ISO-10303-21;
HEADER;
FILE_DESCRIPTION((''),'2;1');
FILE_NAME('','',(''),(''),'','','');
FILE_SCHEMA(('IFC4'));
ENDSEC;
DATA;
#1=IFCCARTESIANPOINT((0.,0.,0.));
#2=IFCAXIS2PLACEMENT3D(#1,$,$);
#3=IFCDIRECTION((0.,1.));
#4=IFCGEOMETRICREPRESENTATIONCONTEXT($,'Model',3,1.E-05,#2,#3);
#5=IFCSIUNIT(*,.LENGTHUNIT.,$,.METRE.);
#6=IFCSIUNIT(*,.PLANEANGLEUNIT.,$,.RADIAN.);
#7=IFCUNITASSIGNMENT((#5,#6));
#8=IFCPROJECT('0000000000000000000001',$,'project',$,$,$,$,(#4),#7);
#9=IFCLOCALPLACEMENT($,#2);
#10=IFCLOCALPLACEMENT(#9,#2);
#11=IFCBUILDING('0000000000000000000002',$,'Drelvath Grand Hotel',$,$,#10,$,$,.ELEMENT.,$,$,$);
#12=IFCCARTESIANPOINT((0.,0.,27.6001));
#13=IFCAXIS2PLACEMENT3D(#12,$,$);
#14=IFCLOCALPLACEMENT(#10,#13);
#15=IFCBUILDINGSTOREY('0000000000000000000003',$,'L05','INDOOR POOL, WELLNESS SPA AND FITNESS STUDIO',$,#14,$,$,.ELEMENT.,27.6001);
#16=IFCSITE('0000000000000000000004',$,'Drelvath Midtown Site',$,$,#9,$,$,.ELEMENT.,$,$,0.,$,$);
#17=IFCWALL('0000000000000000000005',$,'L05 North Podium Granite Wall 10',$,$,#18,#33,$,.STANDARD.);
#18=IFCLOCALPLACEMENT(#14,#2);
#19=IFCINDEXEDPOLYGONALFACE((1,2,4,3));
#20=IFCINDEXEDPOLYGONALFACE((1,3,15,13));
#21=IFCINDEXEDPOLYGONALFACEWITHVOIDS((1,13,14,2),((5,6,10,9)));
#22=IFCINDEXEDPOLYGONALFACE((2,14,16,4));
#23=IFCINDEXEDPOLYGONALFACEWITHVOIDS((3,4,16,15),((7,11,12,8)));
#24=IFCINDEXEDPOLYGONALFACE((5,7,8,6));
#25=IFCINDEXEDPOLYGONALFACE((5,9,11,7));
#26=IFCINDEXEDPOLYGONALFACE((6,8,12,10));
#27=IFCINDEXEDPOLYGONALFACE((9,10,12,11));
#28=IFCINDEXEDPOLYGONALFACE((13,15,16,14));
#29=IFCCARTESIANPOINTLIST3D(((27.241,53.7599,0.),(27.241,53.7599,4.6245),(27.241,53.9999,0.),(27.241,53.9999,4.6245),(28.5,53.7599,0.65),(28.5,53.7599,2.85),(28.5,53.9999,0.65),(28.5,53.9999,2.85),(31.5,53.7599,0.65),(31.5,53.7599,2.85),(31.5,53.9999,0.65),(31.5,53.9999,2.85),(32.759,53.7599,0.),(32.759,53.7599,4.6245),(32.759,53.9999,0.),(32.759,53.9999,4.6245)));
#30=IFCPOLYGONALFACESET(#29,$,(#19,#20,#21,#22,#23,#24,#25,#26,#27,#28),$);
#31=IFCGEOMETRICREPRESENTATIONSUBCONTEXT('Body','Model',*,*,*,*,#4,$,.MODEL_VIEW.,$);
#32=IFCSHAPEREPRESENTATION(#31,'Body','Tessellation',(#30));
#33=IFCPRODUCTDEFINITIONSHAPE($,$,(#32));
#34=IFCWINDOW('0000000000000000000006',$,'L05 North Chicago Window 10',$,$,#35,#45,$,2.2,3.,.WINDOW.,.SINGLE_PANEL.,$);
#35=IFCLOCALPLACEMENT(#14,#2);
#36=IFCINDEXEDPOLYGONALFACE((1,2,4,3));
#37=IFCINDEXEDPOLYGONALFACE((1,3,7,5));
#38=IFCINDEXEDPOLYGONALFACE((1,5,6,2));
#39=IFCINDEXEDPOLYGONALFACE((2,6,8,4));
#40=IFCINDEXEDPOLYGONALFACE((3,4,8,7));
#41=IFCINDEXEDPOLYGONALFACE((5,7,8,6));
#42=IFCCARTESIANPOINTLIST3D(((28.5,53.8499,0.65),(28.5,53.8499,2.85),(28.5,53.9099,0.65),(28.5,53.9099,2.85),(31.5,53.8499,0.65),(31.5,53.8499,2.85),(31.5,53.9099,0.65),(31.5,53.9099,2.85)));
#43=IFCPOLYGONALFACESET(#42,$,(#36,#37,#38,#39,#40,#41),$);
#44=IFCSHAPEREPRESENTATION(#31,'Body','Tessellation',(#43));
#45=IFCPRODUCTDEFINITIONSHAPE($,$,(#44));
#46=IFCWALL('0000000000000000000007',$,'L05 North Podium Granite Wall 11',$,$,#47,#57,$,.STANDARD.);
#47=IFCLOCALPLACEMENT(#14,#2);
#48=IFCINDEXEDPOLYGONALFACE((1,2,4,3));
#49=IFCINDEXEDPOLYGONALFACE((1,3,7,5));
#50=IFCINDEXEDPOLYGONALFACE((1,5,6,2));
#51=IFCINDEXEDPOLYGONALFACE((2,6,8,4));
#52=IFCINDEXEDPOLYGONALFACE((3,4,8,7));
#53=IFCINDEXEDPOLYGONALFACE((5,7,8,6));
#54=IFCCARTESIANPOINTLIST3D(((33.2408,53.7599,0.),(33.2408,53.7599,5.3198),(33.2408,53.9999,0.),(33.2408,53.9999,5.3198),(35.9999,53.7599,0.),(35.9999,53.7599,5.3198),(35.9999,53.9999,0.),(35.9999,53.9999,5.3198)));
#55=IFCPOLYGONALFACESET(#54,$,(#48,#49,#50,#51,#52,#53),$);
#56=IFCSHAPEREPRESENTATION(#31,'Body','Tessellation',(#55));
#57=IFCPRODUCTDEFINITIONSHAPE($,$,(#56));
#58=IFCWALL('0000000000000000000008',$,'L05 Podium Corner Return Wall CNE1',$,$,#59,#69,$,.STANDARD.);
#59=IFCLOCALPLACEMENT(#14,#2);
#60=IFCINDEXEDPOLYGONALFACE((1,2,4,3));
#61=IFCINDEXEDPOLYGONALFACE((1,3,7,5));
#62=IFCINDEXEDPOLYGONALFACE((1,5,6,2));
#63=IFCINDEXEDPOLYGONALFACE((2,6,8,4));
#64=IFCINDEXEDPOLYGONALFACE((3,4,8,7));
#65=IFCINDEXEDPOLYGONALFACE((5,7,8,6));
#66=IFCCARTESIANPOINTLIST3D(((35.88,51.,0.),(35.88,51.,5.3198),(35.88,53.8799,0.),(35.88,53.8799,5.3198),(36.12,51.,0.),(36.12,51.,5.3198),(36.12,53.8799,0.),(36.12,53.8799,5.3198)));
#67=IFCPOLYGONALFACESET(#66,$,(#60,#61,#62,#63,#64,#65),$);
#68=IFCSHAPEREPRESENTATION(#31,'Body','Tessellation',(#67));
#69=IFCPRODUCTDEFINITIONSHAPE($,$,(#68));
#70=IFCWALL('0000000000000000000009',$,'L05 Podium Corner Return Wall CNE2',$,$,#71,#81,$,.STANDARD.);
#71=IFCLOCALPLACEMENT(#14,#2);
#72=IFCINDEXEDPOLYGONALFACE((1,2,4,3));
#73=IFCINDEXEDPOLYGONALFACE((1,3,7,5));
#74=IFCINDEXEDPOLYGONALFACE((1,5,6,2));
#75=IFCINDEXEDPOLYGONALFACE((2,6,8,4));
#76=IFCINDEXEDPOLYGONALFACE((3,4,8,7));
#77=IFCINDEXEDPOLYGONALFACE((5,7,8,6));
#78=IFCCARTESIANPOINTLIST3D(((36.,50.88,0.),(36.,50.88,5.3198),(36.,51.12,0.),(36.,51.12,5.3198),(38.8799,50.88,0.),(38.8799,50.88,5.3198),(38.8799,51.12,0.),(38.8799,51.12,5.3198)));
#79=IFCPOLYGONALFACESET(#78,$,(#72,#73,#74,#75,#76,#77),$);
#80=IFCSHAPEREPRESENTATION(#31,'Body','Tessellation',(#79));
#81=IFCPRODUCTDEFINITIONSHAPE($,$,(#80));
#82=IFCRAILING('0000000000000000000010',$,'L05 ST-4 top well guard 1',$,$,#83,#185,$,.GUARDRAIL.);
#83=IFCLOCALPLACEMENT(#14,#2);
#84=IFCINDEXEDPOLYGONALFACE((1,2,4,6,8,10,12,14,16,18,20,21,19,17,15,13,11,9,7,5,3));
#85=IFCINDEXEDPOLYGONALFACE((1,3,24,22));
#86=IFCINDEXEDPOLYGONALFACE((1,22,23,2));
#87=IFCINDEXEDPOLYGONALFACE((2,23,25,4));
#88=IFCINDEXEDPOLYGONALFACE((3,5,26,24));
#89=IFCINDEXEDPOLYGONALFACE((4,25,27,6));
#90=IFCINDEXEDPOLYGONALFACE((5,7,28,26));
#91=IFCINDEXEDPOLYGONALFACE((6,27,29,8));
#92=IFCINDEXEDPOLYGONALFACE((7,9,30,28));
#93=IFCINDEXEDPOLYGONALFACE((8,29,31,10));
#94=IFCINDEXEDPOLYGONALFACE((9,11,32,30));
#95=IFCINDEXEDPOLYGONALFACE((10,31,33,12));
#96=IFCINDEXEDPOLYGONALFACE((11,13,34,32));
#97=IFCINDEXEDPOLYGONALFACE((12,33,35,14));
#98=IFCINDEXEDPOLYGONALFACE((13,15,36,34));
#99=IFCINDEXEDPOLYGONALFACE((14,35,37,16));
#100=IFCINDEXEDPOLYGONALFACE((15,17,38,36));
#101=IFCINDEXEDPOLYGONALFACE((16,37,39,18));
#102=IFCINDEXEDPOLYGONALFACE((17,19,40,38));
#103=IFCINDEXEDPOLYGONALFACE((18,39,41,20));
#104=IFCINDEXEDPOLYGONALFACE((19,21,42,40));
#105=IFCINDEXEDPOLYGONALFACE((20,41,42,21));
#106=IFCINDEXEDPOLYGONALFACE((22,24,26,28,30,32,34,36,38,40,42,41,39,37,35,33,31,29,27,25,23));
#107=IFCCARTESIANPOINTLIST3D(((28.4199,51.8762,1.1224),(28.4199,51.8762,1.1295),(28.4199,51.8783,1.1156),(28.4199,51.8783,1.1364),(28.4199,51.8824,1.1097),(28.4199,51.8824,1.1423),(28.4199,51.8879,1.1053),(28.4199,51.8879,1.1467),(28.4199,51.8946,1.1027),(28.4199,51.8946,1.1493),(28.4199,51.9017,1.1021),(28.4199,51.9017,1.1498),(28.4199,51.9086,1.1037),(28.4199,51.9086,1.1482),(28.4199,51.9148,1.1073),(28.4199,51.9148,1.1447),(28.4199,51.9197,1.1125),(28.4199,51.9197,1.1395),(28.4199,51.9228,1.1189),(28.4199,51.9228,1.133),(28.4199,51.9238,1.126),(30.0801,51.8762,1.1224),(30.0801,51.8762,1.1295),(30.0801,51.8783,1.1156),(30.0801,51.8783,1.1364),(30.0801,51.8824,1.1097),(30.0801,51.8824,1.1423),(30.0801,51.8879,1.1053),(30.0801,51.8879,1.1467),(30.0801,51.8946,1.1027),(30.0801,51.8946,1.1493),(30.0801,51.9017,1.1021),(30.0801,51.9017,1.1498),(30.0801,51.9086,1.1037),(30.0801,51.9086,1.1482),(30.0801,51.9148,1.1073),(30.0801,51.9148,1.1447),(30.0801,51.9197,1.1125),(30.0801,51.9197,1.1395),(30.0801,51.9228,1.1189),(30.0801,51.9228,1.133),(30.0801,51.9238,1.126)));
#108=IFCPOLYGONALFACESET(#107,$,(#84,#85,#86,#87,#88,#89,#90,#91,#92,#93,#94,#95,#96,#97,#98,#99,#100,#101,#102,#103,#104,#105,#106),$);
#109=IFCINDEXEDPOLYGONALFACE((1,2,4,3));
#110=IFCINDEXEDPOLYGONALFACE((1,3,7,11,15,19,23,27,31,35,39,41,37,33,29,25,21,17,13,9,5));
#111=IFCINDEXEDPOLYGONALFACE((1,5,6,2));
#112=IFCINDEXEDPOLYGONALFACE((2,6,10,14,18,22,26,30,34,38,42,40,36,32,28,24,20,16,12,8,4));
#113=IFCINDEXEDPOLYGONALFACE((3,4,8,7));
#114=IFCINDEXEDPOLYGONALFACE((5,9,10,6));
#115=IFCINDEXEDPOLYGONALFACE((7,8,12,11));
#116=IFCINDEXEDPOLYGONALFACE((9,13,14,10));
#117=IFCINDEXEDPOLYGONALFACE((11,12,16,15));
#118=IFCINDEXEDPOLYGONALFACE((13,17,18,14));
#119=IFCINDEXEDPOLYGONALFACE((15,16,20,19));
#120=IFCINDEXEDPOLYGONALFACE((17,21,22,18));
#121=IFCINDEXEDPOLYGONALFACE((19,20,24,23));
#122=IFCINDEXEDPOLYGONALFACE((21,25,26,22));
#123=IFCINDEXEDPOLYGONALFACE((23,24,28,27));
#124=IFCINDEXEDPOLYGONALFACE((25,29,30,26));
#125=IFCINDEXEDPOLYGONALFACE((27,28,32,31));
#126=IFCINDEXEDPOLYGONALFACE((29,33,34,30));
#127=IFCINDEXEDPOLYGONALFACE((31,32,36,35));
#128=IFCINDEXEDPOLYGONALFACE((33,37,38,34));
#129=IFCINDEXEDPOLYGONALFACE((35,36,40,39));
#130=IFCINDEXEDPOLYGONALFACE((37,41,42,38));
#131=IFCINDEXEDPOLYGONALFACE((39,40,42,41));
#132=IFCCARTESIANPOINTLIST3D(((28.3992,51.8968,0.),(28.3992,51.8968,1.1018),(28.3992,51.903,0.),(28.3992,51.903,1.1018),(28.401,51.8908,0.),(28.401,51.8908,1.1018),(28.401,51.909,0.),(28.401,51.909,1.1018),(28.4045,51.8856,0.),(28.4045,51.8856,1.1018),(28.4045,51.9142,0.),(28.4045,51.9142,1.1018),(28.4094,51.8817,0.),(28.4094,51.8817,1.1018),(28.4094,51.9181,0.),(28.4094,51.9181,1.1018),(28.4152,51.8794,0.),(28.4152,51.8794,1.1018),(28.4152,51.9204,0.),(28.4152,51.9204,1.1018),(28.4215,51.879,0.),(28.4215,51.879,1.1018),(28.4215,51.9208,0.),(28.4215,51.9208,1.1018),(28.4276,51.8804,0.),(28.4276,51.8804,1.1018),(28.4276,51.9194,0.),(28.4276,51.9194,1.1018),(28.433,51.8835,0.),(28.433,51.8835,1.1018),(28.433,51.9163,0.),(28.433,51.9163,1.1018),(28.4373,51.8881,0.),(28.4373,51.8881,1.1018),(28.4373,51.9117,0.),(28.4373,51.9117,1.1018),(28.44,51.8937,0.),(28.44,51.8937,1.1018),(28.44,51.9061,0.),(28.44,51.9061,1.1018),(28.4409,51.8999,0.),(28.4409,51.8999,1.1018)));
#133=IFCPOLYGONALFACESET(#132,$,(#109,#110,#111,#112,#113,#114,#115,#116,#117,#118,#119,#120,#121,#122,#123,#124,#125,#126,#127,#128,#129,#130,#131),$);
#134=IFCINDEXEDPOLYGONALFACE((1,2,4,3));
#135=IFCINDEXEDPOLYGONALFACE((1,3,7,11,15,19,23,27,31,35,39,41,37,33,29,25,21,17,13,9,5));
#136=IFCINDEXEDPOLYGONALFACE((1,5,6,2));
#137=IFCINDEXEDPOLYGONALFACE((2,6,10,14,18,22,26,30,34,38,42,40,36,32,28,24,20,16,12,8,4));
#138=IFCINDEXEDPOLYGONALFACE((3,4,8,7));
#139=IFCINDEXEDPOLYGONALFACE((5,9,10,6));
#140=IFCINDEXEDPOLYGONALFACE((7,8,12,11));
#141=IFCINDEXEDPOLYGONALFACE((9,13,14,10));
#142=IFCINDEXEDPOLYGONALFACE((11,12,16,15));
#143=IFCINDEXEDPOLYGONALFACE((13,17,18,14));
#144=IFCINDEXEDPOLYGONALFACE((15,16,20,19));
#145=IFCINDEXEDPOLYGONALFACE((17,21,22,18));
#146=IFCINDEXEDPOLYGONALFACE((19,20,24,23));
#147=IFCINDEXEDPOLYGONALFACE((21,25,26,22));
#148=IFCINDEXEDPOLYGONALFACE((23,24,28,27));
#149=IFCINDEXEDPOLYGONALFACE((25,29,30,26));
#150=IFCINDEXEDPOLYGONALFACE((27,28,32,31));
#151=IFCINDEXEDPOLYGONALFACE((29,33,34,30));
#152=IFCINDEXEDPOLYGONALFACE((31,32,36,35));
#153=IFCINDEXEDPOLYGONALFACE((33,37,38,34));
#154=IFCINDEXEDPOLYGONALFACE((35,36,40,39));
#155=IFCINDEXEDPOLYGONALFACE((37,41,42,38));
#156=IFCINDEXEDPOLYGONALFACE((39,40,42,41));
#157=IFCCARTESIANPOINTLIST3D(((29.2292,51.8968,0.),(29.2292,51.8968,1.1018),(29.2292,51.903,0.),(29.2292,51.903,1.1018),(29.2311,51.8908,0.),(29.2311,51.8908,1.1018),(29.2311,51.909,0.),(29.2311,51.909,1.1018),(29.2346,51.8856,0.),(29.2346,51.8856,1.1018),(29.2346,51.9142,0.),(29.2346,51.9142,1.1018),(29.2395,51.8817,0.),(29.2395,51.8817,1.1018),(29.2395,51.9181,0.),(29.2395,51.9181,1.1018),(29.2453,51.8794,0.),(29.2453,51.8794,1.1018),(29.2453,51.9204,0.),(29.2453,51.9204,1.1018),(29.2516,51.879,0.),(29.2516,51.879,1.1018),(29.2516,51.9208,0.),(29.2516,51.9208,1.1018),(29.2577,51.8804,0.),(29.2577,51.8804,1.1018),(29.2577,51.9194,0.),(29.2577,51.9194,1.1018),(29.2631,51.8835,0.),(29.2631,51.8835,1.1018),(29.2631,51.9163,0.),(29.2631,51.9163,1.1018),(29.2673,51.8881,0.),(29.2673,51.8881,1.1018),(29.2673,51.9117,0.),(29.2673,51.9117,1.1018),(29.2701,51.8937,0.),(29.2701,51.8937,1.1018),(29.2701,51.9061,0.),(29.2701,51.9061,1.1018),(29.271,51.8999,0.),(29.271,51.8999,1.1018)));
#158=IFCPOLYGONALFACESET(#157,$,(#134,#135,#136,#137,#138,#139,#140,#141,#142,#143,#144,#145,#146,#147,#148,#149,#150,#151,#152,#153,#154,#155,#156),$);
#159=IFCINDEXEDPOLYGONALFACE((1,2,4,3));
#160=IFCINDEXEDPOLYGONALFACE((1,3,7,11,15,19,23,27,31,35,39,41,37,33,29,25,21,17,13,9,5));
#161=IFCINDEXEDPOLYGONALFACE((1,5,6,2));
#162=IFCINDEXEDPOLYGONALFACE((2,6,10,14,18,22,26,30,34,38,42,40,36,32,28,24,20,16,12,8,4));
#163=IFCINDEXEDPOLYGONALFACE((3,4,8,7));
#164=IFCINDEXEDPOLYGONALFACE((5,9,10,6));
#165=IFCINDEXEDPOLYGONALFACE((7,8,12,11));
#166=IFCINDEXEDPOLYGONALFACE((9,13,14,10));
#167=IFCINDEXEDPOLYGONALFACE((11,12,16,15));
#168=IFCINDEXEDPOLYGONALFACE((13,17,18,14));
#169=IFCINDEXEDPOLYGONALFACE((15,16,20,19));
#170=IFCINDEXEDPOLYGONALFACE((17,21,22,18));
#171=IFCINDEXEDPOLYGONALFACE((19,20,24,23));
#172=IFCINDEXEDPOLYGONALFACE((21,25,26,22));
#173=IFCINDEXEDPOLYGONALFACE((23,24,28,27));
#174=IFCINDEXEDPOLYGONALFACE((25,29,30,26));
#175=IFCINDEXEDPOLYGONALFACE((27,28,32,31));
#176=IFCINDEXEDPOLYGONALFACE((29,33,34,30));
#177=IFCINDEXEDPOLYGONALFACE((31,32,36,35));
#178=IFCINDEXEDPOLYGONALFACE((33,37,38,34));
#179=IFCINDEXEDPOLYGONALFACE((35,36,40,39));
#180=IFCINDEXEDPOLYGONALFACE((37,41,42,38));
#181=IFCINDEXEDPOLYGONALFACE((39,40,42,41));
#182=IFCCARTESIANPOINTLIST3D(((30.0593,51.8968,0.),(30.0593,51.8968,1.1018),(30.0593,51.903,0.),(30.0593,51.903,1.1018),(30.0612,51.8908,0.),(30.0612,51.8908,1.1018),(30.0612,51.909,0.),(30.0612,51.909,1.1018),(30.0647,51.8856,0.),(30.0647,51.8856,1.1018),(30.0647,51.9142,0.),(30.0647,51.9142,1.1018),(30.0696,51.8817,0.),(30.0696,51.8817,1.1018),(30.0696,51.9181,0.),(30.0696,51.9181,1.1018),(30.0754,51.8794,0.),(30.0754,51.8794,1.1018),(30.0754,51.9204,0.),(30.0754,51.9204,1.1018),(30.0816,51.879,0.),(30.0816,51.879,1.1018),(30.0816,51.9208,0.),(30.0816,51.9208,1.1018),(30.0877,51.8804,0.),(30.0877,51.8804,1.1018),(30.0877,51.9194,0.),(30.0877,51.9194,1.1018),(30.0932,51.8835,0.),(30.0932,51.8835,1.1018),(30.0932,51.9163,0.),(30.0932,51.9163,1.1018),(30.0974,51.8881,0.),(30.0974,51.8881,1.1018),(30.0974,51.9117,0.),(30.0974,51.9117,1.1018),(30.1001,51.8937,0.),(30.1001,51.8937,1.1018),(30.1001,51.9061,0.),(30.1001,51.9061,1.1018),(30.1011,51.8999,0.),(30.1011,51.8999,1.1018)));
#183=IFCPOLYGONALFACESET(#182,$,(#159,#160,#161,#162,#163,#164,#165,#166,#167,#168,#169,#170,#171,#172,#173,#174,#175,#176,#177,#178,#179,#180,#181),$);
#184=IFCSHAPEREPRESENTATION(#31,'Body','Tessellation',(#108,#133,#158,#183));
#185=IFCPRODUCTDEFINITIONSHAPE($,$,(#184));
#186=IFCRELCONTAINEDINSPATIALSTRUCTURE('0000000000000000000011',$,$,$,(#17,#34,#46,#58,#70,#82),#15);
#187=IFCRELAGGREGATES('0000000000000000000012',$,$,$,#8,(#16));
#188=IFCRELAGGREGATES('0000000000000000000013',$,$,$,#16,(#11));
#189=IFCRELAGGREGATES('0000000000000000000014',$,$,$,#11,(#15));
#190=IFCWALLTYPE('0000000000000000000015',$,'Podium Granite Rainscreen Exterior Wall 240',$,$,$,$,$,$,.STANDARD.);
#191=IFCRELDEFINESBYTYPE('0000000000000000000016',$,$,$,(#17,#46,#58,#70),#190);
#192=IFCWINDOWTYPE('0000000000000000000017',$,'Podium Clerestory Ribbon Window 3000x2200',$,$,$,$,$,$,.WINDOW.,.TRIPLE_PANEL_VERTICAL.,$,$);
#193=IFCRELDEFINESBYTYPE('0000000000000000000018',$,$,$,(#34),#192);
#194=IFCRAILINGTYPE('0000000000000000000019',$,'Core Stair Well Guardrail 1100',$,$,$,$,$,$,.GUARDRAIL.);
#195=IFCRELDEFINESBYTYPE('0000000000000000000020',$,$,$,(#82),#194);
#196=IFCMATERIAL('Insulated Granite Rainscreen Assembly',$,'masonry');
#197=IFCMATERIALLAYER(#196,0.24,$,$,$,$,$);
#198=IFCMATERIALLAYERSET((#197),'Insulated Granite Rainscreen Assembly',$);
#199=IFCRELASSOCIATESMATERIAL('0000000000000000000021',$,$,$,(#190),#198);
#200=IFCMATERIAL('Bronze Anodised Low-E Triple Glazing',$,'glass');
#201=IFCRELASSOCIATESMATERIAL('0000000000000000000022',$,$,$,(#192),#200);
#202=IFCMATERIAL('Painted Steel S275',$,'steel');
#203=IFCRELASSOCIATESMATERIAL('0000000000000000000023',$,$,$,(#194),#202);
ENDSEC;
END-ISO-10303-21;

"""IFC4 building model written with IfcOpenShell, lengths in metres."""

from ifc_helpers import new_model, si_unit, direction, frame, frame_2d, origin, origin_2d, place, context, subcontext, project, spatial, rectangle, circle, extrude, material, layer, layer_set, type_object, element, fill, save


model = new_model("IFC4")

# Units and contexts
model_context = context("Model", 3, precision=1e-05, world=origin(), true_north=direction((0.0, 1.0)))
body_context = subcontext(model_context, "Body", "Model", "MODEL_VIEW")
ifc_project = project(units=[si_unit("LENGTHUNIT", "METRE"), si_unit("PLANEANGLEUNIT", "RADIAN")], contexts=[model_context])

# Site, building, storey
site_placement = place(None, origin())
site = spatial("IfcSite", under=ifc_project, at=site_placement, Name="Drelvath Midtown Site", CompositionType="ELEMENT", RefElevation=0.0)
building_placement = place(site_placement, origin())
building = spatial("IfcBuilding", under=site, at=building_placement, Name="Drelvath Grand Hotel", CompositionType="ELEMENT")
storey_placement = place(building_placement, frame((0.0, 0.0, 27.6001)))
storey = spatial("IfcBuildingStorey", under=building, at=storey_placement, Name="L05", Description="INDOOR POOL, WELLNESS SPA AND FITNESS STUDIO", CompositionType="ELEMENT", Elevation=27.6001)

# Shared definitions
ifc_material_1 = material(Name="Painted Steel S275", Category="steel")

# Shared definitions
ifc_material_2 = material(Name="Insulated Granite Rainscreen Assembly", Category="masonry")
ifc_layer_1 = layer(ifc_material_2, 0.24)
ifc_layer_set_1 = layer_set([ifc_layer_1], Name="Insulated Granite Rainscreen Assembly")
wall_type_1 = type_object("IfcWallType", Name="Podium Granite Rainscreen Exterior Wall 240", PredefinedType="STANDARD", material=ifc_layer_set_1)
ifc_material_3 = material(Name="Bronze Anodised Low-E Triple Glazing", Category="glass")

# Wall, opening, window
wall_1_placement = place(storey_placement, frame((27.241, 53.8799, 0.0), z_axis=(0.0, 0.0, 1.0), x_axis=(1.0, 0.0, 0.0)))
wall_1 = element("IfcWall", 1, at=wall_1_placement, inside=storey, type_object=wall_type_1, Name="L05 North Podium Granite Wall 10", PredefinedType="STANDARD", context=body_context, shape_type="SweptSolid", body=[
    extrude(rectangle(XDim=5.5181, YDim=0.24, at=frame_2d((2.759, 0.0))), origin(), (0.0, 0.0, 1.0), 4.6245),
])
opening_1_placement = place(wall_1_placement, frame((1.259, 0.0, 0.6499)))
opening_1 = element("IfcOpeningElement", 2, at=opening_1_placement, cuts=wall_1, PredefinedType="OPENING", context=body_context, shape_type="SweptSolid", body=[
    extrude(rectangle(XDim=3.0, YDim=2.2, at=frame_2d((1.5, 1.1001))), frame((0.0, 0.1299, 0.0), z_axis=(0.0, -1.0, 0.0), x_axis=(1.0, 0.0, 0.0)), (0.0, 0.0, 1.0), 0.26),
])
window_type_1 = type_object("IfcWindowType", Name="Podium Clerestory Ribbon Window 3000x2200", PartitioningType="TRIPLE_PANEL_VERTICAL", PredefinedType="WINDOW", material=ifc_material_3)
window_1_placement = place(opening_1_placement, origin())
window_1 = element("IfcWindow", 3, at=window_1_placement, inside=storey, type_object=window_type_1, Name="L05 North Chicago Window 10", OverallHeight=2.2, OverallWidth=3.0, PartitioningType="SINGLE_PANEL", PredefinedType="WINDOW", context=body_context, shape_type="SweptSolid", body=[
    extrude(rectangle(XDim=3.0, YDim=2.2, at=frame_2d((1.5, 1.1001))), frame((0.0, 0.03, 0.0), z_axis=(0.0, -1.0, 0.0), x_axis=(1.0, 0.0, 0.0)), (0.0, 0.0, 1.0), 0.0601),
])
fill(opening_1, window_1)

# Walls
wall_2_placement = place(storey_placement, frame((33.241, 53.8799, 0.0), z_axis=(0.0, 0.0, 1.0), x_axis=(1.0, 0.0, 0.0)))
element("IfcWall", 4, at=wall_2_placement, inside=storey, type_object=wall_type_1, Name="L05 North Podium Granite Wall 11", PredefinedType="STANDARD", context=body_context, shape_type="SweptSolid", body=[
    extrude(rectangle(XDim=2.759, YDim=0.24, at=frame_2d((1.3794, 0.0))), origin(), (0.0, 0.0, 1.0), 5.3198),
])
for number, where, z_axis, x_axis, name in (
    (5, (36.0, 53.8799, 0.0), (0.0, 0.0, 1.0), (0.0, -1.0, 0.0), "L05 Podium Corner Return Wall CNE1"),
    (6, (36.0, 51.0, 0.0), (0.0, 0.0, 1.0), (1.0, 0.0, 0.0), "L05 Podium Corner Return Wall CNE2"),
):
    element("IfcWall", number, at=place(storey_placement, frame(where, z_axis=z_axis, x_axis=x_axis)), inside=storey, type_object=wall_type_1, Name=name, PredefinedType="STANDARD", context=body_context, shape_type="SweptSolid", body=[
        extrude(rectangle(XDim=2.8799, YDim=0.24, at=frame_2d((1.4399, 0.0))), origin(), (0.0, 0.0, 1.0), 5.3198),
    ])

# Railing
railing_type = type_object("IfcRailingType", Name="Core Stair Well Guardrail 1100", PredefinedType="GUARDRAIL", material=ifc_material_1)
railing_placement = place(storey_placement, frame((28.4199, 51.8999, 0.0)))
element("IfcRailing", 7, at=railing_placement, inside=storey, type_object=railing_type, Name="L05 ST-4 top well guard 1", PredefinedType="GUARDRAIL", context=body_context, shape_type="SweptSolid", body=[
    extrude(circle(Radius=0.0239, at=origin_2d()), frame((0.0, 0.0, 1.126), z_axis=(1.0, 0.0, 0.0), x_axis=(0.0, 1.0, 0.0)), (0.0, 0.0, 1.0), 1.6602),
    extrude(circle(Radius=0.021, at=origin_2d()), origin(), (0.0, 0.0, 1.0), 1.1018),
    extrude(circle(Radius=0.021, at=origin_2d()), frame((0.8301, 0.0, 0.0)), (0.0, 0.0, 1.0), 1.1018),
    extrude(circle(Radius=0.021, at=origin_2d()), frame((1.6602, 0.0, 0.0)), (0.0, 0.0, 1.0), 1.1018),
])

save(model, "model.ifc")
